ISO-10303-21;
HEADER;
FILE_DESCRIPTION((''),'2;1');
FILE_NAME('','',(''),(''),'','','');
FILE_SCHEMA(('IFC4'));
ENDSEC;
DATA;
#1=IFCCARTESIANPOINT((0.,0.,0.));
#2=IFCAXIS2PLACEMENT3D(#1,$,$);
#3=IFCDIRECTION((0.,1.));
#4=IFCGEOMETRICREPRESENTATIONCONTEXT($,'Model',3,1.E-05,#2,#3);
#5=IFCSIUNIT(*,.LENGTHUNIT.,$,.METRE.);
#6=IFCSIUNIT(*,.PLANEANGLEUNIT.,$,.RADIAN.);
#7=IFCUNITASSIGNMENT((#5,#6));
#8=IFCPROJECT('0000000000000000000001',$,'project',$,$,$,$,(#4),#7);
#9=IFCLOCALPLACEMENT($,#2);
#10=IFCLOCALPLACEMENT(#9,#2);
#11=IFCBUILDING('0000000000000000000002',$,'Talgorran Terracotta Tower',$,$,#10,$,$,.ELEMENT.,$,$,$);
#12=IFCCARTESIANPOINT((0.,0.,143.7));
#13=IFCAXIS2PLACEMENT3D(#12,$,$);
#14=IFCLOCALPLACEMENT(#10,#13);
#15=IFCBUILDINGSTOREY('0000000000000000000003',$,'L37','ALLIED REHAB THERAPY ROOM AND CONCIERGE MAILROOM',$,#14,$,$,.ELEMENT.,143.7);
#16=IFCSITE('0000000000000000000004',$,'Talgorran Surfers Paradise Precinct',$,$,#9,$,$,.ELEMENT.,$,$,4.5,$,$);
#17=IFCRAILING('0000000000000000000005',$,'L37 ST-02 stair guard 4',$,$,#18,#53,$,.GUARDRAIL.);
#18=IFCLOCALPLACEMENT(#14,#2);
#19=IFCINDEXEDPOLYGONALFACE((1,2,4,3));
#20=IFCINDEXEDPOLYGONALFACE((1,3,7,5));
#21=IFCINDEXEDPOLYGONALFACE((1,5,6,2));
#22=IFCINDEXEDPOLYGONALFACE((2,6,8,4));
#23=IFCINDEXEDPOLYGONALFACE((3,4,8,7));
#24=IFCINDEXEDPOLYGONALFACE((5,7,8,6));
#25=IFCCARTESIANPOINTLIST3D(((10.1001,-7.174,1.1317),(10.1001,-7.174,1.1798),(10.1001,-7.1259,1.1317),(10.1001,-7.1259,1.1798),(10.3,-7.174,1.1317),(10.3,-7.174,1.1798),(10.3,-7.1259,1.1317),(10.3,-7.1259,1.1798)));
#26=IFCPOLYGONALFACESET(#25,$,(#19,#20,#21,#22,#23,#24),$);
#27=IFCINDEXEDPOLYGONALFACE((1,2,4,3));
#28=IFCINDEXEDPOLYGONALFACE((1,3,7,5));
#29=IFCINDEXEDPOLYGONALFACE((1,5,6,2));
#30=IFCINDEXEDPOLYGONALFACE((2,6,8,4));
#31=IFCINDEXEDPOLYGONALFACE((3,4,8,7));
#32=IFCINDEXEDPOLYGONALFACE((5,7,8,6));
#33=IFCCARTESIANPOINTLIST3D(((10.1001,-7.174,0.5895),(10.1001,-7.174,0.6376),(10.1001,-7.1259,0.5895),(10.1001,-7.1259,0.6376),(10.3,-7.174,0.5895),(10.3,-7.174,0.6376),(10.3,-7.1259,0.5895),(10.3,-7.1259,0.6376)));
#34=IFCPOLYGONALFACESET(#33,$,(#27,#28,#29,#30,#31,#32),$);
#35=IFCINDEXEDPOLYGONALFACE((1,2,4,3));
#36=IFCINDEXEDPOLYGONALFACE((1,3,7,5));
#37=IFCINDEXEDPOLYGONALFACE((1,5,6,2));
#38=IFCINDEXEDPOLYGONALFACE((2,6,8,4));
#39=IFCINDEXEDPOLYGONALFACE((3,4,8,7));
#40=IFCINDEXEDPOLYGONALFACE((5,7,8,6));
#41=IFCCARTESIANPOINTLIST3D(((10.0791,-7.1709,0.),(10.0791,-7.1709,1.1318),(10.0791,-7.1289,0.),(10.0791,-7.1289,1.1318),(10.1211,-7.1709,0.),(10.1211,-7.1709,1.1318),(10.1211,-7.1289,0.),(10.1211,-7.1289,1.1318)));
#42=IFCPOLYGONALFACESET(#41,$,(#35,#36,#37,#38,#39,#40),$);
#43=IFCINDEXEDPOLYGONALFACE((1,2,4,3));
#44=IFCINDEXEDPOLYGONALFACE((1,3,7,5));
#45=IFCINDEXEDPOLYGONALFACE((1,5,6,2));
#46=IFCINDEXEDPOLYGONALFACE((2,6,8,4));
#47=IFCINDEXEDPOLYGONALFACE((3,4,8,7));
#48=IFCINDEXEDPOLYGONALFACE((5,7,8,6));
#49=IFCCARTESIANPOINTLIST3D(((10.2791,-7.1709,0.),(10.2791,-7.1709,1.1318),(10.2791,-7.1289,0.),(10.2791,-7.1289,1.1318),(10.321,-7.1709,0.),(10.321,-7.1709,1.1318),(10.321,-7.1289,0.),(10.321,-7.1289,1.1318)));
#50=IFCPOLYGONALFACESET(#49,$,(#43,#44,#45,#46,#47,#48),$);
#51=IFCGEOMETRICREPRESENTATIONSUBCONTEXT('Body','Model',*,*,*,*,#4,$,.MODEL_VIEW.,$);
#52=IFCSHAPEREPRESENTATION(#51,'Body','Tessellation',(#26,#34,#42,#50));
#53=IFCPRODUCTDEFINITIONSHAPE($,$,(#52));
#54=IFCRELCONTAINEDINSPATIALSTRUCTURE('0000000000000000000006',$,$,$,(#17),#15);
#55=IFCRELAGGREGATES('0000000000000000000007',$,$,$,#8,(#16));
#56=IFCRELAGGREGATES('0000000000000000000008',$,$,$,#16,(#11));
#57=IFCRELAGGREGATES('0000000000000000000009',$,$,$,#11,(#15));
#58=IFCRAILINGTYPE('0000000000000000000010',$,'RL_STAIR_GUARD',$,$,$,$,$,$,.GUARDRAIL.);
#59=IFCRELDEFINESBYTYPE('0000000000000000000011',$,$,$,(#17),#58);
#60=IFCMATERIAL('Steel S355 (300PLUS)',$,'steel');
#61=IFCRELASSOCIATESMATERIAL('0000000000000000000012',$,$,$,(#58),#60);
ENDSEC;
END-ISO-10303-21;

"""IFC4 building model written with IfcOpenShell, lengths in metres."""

from ifc_helpers import new_model, si_unit, direction, frame, origin, origin_2d, place, context, subcontext, project, spatial, rectangle, extrude, material, type_object, element, save


model = new_model("IFC4")

# Units and contexts
model_context = context("Model", 3, precision=1e-05, world=origin(), true_north=direction((0.0, 1.0)))
body_context = subcontext(model_context, "Body", "Model", "MODEL_VIEW")
ifc_project = project(units=[si_unit("LENGTHUNIT", "METRE"), si_unit("PLANEANGLEUNIT", "RADIAN")], contexts=[model_context])

# Site, building, storey
site_placement = place(None, origin())
site = spatial("IfcSite", under=ifc_project, at=site_placement, Name="Talgorran Surfers Paradise Precinct", CompositionType="ELEMENT", RefElevation=4.5)
building_placement = place(site_placement, origin())
building = spatial("IfcBuilding", under=site, at=building_placement, Name="Talgorran Terracotta Tower", CompositionType="ELEMENT")
storey_placement = place(building_placement, frame((0.0, 0.0, 143.7)))
storey = spatial("IfcBuildingStorey", under=building, at=storey_placement, Name="L37", Description="ALLIED REHAB THERAPY ROOM AND CONCIERGE MAILROOM", CompositionType="ELEMENT", Elevation=143.7)

# Railing
ifc_material_1 = material(Name="Steel S355 (300PLUS)", Category="steel")
railing_type_1 = type_object("IfcRailingType", Name="RL_STAIR_GUARD", PredefinedType="GUARDRAIL", material=ifc_material_1)
railing_1_placement = place(storey_placement, frame((10.1001, -7.1499, 0.0)))
element("IfcRailing", 1, at=railing_1_placement, inside=storey, type_object=railing_type_1, Name="L37 ST-02 stair guard 4", PredefinedType="GUARDRAIL", context=body_context, shape_type="SweptSolid", body=[
    extrude(rectangle(XDim=0.0481, YDim=0.0481, at=origin_2d()), frame((0.0, 0.0, 1.1558), z_axis=(1.0, 0.0, 0.0), x_axis=(0.0, 1.0, 0.0)), (0.0, 0.0, 1.0), 0.2),
    extrude(rectangle(XDim=0.0481, YDim=0.0481, at=origin_2d()), frame((0.0, 0.0, 0.6135), z_axis=(1.0, 0.0, 0.0), x_axis=(0.0, 1.0, 0.0)), (0.0, 0.0, 1.0), 0.2),
    extrude(rectangle(XDim=0.042, YDim=0.042, at=origin_2d()), origin(), (0.0, 0.0, 1.0), 1.1318),
    extrude(rectangle(XDim=0.042, YDim=0.042, at=origin_2d()), frame((0.2, 0.0, 0.0)), (0.0, 0.0, 1.0), 1.1318),
])

save(model, "model.ifc")
